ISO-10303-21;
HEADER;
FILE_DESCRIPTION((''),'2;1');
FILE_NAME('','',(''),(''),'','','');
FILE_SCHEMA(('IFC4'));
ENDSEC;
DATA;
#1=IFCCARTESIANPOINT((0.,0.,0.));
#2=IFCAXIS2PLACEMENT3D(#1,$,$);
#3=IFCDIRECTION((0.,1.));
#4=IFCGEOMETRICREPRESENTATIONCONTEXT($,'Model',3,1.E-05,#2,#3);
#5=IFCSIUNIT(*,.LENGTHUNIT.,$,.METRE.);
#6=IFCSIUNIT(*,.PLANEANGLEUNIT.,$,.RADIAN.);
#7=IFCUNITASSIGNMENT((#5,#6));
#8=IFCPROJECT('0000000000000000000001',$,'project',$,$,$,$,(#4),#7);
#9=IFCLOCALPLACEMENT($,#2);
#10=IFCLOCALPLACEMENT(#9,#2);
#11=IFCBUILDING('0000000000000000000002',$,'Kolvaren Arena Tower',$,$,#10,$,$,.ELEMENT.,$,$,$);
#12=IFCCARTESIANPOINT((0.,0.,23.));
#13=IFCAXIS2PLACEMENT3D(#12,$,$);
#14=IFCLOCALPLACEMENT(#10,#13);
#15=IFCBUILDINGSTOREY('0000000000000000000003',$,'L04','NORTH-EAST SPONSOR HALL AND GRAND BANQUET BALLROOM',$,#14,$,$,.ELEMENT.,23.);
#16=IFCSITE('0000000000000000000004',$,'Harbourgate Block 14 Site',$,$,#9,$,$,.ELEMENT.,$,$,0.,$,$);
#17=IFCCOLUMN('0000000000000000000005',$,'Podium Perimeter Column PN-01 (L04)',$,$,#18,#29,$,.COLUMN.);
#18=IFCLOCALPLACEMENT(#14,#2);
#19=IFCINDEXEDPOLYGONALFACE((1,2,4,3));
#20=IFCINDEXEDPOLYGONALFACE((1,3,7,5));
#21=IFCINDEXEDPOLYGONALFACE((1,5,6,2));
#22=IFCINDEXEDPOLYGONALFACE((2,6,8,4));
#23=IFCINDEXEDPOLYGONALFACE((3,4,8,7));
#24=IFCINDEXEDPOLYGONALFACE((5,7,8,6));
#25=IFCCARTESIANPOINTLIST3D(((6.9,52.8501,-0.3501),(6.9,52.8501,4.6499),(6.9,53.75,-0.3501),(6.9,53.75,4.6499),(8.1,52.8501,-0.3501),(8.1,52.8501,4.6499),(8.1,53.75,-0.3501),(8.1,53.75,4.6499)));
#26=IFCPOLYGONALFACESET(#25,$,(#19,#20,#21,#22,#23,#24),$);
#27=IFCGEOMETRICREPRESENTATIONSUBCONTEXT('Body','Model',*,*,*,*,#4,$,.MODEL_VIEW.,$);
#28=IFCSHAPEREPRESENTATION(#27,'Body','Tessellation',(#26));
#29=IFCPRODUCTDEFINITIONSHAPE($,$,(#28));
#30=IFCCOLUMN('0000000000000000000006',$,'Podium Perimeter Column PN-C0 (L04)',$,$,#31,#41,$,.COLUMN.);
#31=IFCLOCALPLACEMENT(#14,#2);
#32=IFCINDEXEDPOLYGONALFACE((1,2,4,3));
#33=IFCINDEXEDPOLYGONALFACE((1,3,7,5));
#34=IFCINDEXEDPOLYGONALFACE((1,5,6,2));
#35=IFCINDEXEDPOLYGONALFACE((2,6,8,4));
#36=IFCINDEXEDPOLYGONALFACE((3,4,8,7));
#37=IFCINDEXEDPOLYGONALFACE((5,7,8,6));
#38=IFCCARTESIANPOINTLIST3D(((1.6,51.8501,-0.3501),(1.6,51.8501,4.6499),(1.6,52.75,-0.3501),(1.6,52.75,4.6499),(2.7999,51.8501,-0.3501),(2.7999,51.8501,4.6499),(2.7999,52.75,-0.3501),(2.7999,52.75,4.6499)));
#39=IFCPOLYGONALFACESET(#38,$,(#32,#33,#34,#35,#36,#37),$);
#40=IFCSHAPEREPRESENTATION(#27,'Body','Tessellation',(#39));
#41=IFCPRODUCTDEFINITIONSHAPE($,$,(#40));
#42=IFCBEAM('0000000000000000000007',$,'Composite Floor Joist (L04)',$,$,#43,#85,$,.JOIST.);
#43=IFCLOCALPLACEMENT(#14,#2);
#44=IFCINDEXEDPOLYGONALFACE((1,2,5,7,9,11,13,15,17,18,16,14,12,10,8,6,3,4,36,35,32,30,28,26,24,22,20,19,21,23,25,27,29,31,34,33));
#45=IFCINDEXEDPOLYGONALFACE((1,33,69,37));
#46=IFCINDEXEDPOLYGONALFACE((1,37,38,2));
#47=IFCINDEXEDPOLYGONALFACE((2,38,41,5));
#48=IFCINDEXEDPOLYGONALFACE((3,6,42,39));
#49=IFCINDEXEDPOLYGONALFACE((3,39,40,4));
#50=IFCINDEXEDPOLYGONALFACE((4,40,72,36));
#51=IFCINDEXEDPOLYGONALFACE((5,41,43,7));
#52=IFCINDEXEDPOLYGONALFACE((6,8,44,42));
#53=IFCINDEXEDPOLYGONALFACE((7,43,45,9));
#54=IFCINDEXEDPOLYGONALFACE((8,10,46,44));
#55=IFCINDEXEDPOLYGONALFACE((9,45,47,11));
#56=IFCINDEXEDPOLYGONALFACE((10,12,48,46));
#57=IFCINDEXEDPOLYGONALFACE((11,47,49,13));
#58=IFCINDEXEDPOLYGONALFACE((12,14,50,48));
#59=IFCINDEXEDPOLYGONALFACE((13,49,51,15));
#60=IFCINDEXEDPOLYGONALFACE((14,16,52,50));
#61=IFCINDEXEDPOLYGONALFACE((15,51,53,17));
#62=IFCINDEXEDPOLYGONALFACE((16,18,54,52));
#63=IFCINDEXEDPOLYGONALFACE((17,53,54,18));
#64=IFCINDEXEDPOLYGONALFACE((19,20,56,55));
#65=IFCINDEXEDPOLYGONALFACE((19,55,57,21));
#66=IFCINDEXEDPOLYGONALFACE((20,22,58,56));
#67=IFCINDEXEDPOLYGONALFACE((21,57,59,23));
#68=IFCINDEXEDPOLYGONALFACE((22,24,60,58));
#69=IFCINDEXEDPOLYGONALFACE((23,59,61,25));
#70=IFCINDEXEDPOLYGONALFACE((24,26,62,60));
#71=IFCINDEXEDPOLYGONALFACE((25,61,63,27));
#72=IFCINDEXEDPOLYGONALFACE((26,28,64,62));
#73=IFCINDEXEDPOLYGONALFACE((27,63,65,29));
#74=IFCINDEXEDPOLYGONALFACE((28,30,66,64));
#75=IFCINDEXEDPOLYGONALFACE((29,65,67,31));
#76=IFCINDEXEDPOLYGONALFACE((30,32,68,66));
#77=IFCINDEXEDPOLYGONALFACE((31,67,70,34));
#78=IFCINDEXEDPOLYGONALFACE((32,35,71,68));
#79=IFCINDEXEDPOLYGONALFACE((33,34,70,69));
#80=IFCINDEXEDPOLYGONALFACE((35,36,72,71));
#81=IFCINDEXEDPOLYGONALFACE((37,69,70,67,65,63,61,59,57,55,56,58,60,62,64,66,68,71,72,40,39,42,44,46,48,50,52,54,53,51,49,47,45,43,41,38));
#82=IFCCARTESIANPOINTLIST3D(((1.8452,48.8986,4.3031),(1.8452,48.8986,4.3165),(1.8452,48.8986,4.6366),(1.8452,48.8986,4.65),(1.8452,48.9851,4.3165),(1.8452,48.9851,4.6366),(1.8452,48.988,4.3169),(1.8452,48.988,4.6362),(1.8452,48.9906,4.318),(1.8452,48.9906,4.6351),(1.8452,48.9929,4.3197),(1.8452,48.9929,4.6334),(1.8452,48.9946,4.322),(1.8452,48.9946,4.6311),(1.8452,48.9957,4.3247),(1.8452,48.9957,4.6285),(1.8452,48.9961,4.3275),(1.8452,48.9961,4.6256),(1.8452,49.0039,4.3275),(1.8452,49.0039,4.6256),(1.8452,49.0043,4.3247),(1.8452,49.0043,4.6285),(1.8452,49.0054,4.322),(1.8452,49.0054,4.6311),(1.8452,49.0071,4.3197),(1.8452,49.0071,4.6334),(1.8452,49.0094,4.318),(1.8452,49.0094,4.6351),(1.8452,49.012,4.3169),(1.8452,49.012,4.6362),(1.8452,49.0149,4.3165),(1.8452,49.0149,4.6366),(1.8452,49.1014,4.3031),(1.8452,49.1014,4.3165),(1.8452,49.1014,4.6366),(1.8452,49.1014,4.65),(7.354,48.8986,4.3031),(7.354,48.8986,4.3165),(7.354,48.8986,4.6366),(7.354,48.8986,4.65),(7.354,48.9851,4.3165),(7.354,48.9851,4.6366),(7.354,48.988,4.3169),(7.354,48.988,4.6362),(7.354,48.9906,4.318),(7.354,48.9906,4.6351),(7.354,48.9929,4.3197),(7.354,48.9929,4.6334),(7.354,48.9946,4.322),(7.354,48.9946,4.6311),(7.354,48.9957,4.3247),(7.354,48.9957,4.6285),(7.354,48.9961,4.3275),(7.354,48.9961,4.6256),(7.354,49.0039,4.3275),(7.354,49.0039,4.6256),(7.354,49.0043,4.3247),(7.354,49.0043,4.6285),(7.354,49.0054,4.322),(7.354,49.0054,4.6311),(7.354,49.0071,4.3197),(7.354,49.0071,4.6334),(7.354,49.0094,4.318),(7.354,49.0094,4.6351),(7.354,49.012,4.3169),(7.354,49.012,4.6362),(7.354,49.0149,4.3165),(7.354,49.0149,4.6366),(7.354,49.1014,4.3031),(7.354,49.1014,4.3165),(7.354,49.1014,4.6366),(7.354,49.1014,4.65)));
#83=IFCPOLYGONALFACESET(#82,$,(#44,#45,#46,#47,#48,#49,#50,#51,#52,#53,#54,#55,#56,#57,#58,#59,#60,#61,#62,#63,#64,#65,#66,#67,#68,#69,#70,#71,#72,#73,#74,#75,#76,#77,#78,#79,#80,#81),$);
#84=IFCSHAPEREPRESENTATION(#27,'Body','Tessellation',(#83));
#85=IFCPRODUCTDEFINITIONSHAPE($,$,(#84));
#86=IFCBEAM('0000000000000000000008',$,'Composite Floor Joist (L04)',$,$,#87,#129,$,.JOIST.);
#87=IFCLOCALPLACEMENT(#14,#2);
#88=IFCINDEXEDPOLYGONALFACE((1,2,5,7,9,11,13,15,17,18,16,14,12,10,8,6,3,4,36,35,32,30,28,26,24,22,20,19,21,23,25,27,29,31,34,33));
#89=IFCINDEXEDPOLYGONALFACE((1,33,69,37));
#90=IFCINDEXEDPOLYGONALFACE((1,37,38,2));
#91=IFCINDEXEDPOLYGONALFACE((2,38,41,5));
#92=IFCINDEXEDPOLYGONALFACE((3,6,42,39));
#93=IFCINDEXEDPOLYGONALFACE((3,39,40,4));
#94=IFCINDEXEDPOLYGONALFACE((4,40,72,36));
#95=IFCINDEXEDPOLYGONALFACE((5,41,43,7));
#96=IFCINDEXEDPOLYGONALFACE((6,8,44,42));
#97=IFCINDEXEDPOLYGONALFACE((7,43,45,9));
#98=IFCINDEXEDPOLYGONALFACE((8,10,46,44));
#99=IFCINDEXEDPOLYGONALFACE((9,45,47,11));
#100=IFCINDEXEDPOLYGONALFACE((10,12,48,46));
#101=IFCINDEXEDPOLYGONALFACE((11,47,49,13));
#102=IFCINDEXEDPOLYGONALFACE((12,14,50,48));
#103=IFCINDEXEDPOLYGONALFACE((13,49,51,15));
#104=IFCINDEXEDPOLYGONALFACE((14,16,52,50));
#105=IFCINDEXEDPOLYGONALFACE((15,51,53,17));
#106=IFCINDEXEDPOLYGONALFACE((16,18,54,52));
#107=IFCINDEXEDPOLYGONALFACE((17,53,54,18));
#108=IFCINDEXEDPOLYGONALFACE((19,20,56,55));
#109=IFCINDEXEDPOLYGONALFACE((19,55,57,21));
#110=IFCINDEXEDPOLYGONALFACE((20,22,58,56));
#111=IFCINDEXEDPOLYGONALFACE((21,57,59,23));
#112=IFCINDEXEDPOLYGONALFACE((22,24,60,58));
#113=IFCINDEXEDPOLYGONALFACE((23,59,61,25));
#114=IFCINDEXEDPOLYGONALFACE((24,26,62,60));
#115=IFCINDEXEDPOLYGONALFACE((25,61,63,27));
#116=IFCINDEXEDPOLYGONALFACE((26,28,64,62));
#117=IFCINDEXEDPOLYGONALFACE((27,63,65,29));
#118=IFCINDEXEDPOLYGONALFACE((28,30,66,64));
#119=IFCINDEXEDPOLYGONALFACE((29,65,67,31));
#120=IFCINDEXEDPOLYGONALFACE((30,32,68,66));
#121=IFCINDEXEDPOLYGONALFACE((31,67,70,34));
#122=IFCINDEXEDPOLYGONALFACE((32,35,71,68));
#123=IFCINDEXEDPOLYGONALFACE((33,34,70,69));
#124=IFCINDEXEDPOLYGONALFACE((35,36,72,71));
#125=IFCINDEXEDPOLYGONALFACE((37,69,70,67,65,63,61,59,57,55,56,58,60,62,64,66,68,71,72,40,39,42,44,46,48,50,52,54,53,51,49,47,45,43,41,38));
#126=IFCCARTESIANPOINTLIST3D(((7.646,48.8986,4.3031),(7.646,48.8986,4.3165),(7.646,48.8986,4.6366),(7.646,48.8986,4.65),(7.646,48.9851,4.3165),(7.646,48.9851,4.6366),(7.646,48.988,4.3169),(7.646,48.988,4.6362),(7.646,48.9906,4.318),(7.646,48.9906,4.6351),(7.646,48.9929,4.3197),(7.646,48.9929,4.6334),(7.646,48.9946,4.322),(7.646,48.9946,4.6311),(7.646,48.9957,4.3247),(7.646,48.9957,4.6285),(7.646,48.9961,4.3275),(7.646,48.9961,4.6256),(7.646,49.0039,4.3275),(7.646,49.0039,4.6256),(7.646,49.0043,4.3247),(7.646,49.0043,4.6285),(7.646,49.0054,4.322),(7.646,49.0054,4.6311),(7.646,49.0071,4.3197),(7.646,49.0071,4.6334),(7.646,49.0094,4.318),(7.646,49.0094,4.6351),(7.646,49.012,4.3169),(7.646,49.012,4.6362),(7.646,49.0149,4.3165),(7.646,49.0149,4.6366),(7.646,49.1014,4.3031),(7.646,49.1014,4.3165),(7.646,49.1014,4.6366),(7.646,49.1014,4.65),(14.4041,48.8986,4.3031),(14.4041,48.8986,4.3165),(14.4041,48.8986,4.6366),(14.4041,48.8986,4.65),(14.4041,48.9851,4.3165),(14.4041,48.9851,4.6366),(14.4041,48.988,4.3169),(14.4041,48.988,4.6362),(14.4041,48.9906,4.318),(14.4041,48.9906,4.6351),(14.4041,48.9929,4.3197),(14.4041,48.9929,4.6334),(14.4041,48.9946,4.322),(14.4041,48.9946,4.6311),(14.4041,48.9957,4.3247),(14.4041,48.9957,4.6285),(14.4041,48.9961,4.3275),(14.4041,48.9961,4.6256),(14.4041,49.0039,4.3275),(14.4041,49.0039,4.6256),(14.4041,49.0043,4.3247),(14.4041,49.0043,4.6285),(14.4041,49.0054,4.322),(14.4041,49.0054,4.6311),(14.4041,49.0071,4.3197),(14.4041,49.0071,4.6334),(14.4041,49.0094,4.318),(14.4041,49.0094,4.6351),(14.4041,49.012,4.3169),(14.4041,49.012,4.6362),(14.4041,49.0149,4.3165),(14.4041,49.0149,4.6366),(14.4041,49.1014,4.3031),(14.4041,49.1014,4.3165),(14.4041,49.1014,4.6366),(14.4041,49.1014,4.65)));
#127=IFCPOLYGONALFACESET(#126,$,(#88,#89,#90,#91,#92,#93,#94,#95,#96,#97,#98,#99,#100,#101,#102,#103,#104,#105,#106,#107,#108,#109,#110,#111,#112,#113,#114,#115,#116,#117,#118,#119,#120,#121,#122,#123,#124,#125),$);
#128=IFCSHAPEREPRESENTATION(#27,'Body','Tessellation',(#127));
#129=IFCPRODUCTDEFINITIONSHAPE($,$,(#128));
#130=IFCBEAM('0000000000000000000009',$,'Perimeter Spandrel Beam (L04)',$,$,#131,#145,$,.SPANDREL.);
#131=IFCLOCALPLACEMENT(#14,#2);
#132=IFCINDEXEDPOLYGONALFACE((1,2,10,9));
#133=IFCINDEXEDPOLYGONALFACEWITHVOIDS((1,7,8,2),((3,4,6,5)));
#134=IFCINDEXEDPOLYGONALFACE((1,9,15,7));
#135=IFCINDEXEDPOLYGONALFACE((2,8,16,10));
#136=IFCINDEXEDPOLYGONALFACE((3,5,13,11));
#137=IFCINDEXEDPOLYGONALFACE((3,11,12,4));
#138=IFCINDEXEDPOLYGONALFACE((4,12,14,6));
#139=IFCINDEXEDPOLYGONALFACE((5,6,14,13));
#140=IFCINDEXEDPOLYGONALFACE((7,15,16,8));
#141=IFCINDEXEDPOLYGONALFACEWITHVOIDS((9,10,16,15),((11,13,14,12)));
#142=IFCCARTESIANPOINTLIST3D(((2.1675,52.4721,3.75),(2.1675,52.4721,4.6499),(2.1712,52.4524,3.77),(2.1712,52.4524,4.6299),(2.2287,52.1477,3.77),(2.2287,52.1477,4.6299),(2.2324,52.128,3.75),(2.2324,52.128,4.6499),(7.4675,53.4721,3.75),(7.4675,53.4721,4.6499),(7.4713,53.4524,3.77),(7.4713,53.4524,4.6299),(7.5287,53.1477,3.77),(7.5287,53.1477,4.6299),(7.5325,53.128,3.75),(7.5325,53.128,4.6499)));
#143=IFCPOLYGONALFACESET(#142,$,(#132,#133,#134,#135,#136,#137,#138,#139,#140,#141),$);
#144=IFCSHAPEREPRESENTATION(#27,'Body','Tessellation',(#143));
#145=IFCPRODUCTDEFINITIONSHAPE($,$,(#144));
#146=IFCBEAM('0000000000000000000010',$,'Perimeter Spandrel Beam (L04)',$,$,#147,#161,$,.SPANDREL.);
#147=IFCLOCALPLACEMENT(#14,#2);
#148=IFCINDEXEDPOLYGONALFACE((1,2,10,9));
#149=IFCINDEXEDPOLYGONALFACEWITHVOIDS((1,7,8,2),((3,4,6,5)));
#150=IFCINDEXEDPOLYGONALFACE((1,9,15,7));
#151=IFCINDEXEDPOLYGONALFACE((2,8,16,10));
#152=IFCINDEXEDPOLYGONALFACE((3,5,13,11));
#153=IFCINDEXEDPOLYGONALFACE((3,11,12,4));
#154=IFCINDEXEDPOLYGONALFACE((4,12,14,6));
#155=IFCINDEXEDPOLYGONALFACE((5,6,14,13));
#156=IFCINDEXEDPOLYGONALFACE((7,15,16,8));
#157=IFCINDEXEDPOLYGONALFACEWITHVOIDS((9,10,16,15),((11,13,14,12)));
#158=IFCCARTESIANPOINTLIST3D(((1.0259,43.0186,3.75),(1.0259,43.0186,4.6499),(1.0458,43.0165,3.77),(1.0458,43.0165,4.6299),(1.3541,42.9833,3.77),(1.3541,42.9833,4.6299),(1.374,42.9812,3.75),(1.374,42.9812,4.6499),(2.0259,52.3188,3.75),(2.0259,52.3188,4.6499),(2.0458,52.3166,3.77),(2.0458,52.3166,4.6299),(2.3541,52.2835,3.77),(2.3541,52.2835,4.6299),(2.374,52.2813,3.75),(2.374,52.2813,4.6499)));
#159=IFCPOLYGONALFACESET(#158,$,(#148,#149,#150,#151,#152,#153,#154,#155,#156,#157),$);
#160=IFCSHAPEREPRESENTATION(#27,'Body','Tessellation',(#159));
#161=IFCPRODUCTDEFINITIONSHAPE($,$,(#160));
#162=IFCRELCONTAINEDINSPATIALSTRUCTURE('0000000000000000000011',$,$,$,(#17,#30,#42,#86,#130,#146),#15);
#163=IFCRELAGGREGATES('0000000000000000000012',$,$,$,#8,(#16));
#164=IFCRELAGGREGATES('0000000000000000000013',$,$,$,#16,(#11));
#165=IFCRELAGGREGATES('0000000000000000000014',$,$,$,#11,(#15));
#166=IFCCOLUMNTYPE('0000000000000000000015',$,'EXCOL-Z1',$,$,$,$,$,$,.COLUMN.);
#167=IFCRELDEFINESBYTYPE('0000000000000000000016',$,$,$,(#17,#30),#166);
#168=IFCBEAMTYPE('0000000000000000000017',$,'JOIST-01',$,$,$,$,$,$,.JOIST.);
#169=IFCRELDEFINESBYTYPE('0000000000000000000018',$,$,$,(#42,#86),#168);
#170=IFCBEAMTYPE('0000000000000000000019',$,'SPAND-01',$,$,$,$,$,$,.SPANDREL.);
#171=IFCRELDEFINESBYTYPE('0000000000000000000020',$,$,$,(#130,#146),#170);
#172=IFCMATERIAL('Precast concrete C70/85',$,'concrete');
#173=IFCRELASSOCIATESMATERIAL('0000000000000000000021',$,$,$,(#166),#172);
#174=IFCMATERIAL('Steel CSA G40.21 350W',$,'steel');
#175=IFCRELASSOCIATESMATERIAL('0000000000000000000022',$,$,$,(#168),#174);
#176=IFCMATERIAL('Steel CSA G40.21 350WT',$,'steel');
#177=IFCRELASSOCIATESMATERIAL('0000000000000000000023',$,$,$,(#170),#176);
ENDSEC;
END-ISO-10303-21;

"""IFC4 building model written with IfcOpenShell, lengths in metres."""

from ifc_helpers import new_model, si_unit, direction, frame, origin, origin_2d, place, context, subcontext, project, spatial, rectangle, hollow_rectangle, i_section, extrude, material, material_profile, profile_set, type_object, element, save


model = new_model("IFC4")

# Units and contexts
model_context = context("Model", 3, precision=1e-05, world=origin(), true_north=direction((0.0, 1.0)))
body_context = subcontext(model_context, "Body", "Model", "MODEL_VIEW")
ifc_project = project(units=[si_unit("LENGTHUNIT", "METRE"), si_unit("PLANEANGLEUNIT", "RADIAN")], contexts=[model_context])

# Site, building, storey
site_placement = place(None, origin())
site = spatial("IfcSite", under=ifc_project, at=site_placement, Name="Harbourgate Block 14 Site", CompositionType="ELEMENT", RefElevation=0.0)
building_placement = place(site_placement, origin())
building = spatial("IfcBuilding", under=site, at=building_placement, Name="Kolvaren Arena Tower", CompositionType="ELEMENT")
storey_placement = place(building_placement, frame((0.0, 0.0, 23.0)))
storey = spatial("IfcBuildingStorey", under=building, at=storey_placement, Name="L04", Description="NORTH-EAST SPONSOR HALL AND GRAND BANQUET BALLROOM", CompositionType="ELEMENT", Elevation=23.0)

# Columns
ifc_material_1 = material(Name="Precast concrete C70/85", Category="concrete")
ifc_material_profile_1 = material_profile(ifc_material_1, rectangle(XDim=1.2, YDim=0.8999, at=origin_2d()), Name="RC-1200x900")
ifc_profile_set_1 = profile_set([ifc_material_profile_1], Name="Precast concrete C70/85")
column_type = type_object("IfcColumnType", Name="EXCOL-Z1", PredefinedType="COLUMN", material=ifc_profile_set_1)
for number, where, z_axis, x_axis, name in (
    (1, (7.5, 53.3, -0.3501), (0.0, 0.0, 1.0), (1.0, 0.0, 0.0), "Podium Perimeter Column PN-01 (L04)"),
    (2, (2.2, 52.3, -0.3501), (0.0, 0.0, 1.0), (1.0, 0.0, 0.0), "Podium Perimeter Column PN-C0 (L04)"),
):
    element("IfcColumn", number, at=place(storey_placement, frame(where, z_axis=z_axis, x_axis=x_axis)), inside=storey, type_object=column_type, Name=name, PredefinedType="COLUMN", context=body_context, shape_type="SweptSolid", body=[
        extrude(rectangle(XDim=1.2, YDim=0.8999, at=origin_2d()), origin(), (0.0, 0.0, 1.0), 5.0),
    ])

# Beams
ifc_material_2 = material(Name="Steel CSA G40.21 350W", Category="steel")
ifc_material_profile_2 = material_profile(ifc_material_2, i_section(OverallWidth=0.2029, OverallDepth=0.3469, WebThickness=0.0078, FlangeThickness=0.0134, FilletRadius=0.011, at=origin_2d()), Name="W360x64")
ifc_profile_set_2 = profile_set([ifc_material_profile_2], Name="Steel CSA G40.21 350W")
beam_type_1 = type_object("IfcBeamType", Name="JOIST-01", PredefinedType="JOIST", material=ifc_profile_set_2)
beam_1_placement = place(storey_placement, frame((1.8452, 49.0, 4.4766), z_axis=(1.0, 0.0, 0.0), x_axis=(0.0, 1.0, 0.0)))
element("IfcBeam", 3, at=beam_1_placement, inside=storey, type_object=beam_type_1, Name="Composite Floor Joist (L04)", PredefinedType="JOIST", context=body_context, shape_type="SweptSolid", body=[
    extrude(i_section(OverallWidth=0.2029, OverallDepth=0.3469, WebThickness=0.0078, FlangeThickness=0.0134, FilletRadius=0.011, at=origin_2d()), origin(), (0.0, 0.0, 1.0), 5.5088),
])
beam_2_placement = place(storey_placement, frame((7.646, 49.0, 4.4766), z_axis=(1.0, 0.0, 0.0), x_axis=(0.0, 1.0, 0.0)))
element("IfcBeam", 4, at=beam_2_placement, inside=storey, type_object=beam_type_1, Name="Composite Floor Joist (L04)", PredefinedType="JOIST", context=body_context, shape_type="SweptSolid", body=[
    extrude(i_section(OverallWidth=0.2029, OverallDepth=0.3469, WebThickness=0.0078, FlangeThickness=0.0134, FilletRadius=0.011, at=origin_2d()), origin(), (0.0, 0.0, 1.0), 6.7581),
])
ifc_material_3 = material(Name="Steel CSA G40.21 350WT", Category="steel")
ifc_material_profile_3 = material_profile(ifc_material_3, hollow_rectangle(XDim=0.3501, YDim=0.8999, WallThickness=0.02, at=origin_2d()), Name="HSS 900x350x20")
ifc_profile_set_3 = profile_set([ifc_material_profile_3], Name="Steel CSA G40.21 350WT")
beam_type_2 = type_object("IfcBeamType", Name="SPAND-01", PredefinedType="SPANDREL", material=ifc_profile_set_3)
beam_3_placement = place(storey_placement, frame((7.5, 53.3, 4.2), z_axis=(-0.982662, -0.185406, 0.0), x_axis=(0.185406, -0.982662, 0.0)))
element("IfcBeam", 5, at=beam_3_placement, inside=storey, type_object=beam_type_2, Name="Perimeter Spandrel Beam (L04)", PredefinedType="SPANDREL", context=body_context, shape_type="SweptSolid", body=[
    extrude(hollow_rectangle(XDim=0.3501, YDim=0.8999, WallThickness=0.02, at=origin_2d()), origin(), (0.0, 0.0, 1.0), 5.3936),
])
beam_4_placement = place(storey_placement, frame((2.2, 52.3, 4.2), z_axis=(-0.10691, -0.994269, 0.0), x_axis=(0.994269, -0.10691, 0.0)))
element("IfcBeam", 6, at=beam_4_placement, inside=storey, type_object=beam_type_2, Name="Perimeter Spandrel Beam (L04)", PredefinedType="SPANDREL", context=body_context, shape_type="SweptSolid", body=[
    extrude(hollow_rectangle(XDim=0.3501, YDim=0.8999, WallThickness=0.02, at=origin_2d()), origin(), (0.0, 0.0, 1.0), 9.3538),
])

save(model, "model.ifc")
